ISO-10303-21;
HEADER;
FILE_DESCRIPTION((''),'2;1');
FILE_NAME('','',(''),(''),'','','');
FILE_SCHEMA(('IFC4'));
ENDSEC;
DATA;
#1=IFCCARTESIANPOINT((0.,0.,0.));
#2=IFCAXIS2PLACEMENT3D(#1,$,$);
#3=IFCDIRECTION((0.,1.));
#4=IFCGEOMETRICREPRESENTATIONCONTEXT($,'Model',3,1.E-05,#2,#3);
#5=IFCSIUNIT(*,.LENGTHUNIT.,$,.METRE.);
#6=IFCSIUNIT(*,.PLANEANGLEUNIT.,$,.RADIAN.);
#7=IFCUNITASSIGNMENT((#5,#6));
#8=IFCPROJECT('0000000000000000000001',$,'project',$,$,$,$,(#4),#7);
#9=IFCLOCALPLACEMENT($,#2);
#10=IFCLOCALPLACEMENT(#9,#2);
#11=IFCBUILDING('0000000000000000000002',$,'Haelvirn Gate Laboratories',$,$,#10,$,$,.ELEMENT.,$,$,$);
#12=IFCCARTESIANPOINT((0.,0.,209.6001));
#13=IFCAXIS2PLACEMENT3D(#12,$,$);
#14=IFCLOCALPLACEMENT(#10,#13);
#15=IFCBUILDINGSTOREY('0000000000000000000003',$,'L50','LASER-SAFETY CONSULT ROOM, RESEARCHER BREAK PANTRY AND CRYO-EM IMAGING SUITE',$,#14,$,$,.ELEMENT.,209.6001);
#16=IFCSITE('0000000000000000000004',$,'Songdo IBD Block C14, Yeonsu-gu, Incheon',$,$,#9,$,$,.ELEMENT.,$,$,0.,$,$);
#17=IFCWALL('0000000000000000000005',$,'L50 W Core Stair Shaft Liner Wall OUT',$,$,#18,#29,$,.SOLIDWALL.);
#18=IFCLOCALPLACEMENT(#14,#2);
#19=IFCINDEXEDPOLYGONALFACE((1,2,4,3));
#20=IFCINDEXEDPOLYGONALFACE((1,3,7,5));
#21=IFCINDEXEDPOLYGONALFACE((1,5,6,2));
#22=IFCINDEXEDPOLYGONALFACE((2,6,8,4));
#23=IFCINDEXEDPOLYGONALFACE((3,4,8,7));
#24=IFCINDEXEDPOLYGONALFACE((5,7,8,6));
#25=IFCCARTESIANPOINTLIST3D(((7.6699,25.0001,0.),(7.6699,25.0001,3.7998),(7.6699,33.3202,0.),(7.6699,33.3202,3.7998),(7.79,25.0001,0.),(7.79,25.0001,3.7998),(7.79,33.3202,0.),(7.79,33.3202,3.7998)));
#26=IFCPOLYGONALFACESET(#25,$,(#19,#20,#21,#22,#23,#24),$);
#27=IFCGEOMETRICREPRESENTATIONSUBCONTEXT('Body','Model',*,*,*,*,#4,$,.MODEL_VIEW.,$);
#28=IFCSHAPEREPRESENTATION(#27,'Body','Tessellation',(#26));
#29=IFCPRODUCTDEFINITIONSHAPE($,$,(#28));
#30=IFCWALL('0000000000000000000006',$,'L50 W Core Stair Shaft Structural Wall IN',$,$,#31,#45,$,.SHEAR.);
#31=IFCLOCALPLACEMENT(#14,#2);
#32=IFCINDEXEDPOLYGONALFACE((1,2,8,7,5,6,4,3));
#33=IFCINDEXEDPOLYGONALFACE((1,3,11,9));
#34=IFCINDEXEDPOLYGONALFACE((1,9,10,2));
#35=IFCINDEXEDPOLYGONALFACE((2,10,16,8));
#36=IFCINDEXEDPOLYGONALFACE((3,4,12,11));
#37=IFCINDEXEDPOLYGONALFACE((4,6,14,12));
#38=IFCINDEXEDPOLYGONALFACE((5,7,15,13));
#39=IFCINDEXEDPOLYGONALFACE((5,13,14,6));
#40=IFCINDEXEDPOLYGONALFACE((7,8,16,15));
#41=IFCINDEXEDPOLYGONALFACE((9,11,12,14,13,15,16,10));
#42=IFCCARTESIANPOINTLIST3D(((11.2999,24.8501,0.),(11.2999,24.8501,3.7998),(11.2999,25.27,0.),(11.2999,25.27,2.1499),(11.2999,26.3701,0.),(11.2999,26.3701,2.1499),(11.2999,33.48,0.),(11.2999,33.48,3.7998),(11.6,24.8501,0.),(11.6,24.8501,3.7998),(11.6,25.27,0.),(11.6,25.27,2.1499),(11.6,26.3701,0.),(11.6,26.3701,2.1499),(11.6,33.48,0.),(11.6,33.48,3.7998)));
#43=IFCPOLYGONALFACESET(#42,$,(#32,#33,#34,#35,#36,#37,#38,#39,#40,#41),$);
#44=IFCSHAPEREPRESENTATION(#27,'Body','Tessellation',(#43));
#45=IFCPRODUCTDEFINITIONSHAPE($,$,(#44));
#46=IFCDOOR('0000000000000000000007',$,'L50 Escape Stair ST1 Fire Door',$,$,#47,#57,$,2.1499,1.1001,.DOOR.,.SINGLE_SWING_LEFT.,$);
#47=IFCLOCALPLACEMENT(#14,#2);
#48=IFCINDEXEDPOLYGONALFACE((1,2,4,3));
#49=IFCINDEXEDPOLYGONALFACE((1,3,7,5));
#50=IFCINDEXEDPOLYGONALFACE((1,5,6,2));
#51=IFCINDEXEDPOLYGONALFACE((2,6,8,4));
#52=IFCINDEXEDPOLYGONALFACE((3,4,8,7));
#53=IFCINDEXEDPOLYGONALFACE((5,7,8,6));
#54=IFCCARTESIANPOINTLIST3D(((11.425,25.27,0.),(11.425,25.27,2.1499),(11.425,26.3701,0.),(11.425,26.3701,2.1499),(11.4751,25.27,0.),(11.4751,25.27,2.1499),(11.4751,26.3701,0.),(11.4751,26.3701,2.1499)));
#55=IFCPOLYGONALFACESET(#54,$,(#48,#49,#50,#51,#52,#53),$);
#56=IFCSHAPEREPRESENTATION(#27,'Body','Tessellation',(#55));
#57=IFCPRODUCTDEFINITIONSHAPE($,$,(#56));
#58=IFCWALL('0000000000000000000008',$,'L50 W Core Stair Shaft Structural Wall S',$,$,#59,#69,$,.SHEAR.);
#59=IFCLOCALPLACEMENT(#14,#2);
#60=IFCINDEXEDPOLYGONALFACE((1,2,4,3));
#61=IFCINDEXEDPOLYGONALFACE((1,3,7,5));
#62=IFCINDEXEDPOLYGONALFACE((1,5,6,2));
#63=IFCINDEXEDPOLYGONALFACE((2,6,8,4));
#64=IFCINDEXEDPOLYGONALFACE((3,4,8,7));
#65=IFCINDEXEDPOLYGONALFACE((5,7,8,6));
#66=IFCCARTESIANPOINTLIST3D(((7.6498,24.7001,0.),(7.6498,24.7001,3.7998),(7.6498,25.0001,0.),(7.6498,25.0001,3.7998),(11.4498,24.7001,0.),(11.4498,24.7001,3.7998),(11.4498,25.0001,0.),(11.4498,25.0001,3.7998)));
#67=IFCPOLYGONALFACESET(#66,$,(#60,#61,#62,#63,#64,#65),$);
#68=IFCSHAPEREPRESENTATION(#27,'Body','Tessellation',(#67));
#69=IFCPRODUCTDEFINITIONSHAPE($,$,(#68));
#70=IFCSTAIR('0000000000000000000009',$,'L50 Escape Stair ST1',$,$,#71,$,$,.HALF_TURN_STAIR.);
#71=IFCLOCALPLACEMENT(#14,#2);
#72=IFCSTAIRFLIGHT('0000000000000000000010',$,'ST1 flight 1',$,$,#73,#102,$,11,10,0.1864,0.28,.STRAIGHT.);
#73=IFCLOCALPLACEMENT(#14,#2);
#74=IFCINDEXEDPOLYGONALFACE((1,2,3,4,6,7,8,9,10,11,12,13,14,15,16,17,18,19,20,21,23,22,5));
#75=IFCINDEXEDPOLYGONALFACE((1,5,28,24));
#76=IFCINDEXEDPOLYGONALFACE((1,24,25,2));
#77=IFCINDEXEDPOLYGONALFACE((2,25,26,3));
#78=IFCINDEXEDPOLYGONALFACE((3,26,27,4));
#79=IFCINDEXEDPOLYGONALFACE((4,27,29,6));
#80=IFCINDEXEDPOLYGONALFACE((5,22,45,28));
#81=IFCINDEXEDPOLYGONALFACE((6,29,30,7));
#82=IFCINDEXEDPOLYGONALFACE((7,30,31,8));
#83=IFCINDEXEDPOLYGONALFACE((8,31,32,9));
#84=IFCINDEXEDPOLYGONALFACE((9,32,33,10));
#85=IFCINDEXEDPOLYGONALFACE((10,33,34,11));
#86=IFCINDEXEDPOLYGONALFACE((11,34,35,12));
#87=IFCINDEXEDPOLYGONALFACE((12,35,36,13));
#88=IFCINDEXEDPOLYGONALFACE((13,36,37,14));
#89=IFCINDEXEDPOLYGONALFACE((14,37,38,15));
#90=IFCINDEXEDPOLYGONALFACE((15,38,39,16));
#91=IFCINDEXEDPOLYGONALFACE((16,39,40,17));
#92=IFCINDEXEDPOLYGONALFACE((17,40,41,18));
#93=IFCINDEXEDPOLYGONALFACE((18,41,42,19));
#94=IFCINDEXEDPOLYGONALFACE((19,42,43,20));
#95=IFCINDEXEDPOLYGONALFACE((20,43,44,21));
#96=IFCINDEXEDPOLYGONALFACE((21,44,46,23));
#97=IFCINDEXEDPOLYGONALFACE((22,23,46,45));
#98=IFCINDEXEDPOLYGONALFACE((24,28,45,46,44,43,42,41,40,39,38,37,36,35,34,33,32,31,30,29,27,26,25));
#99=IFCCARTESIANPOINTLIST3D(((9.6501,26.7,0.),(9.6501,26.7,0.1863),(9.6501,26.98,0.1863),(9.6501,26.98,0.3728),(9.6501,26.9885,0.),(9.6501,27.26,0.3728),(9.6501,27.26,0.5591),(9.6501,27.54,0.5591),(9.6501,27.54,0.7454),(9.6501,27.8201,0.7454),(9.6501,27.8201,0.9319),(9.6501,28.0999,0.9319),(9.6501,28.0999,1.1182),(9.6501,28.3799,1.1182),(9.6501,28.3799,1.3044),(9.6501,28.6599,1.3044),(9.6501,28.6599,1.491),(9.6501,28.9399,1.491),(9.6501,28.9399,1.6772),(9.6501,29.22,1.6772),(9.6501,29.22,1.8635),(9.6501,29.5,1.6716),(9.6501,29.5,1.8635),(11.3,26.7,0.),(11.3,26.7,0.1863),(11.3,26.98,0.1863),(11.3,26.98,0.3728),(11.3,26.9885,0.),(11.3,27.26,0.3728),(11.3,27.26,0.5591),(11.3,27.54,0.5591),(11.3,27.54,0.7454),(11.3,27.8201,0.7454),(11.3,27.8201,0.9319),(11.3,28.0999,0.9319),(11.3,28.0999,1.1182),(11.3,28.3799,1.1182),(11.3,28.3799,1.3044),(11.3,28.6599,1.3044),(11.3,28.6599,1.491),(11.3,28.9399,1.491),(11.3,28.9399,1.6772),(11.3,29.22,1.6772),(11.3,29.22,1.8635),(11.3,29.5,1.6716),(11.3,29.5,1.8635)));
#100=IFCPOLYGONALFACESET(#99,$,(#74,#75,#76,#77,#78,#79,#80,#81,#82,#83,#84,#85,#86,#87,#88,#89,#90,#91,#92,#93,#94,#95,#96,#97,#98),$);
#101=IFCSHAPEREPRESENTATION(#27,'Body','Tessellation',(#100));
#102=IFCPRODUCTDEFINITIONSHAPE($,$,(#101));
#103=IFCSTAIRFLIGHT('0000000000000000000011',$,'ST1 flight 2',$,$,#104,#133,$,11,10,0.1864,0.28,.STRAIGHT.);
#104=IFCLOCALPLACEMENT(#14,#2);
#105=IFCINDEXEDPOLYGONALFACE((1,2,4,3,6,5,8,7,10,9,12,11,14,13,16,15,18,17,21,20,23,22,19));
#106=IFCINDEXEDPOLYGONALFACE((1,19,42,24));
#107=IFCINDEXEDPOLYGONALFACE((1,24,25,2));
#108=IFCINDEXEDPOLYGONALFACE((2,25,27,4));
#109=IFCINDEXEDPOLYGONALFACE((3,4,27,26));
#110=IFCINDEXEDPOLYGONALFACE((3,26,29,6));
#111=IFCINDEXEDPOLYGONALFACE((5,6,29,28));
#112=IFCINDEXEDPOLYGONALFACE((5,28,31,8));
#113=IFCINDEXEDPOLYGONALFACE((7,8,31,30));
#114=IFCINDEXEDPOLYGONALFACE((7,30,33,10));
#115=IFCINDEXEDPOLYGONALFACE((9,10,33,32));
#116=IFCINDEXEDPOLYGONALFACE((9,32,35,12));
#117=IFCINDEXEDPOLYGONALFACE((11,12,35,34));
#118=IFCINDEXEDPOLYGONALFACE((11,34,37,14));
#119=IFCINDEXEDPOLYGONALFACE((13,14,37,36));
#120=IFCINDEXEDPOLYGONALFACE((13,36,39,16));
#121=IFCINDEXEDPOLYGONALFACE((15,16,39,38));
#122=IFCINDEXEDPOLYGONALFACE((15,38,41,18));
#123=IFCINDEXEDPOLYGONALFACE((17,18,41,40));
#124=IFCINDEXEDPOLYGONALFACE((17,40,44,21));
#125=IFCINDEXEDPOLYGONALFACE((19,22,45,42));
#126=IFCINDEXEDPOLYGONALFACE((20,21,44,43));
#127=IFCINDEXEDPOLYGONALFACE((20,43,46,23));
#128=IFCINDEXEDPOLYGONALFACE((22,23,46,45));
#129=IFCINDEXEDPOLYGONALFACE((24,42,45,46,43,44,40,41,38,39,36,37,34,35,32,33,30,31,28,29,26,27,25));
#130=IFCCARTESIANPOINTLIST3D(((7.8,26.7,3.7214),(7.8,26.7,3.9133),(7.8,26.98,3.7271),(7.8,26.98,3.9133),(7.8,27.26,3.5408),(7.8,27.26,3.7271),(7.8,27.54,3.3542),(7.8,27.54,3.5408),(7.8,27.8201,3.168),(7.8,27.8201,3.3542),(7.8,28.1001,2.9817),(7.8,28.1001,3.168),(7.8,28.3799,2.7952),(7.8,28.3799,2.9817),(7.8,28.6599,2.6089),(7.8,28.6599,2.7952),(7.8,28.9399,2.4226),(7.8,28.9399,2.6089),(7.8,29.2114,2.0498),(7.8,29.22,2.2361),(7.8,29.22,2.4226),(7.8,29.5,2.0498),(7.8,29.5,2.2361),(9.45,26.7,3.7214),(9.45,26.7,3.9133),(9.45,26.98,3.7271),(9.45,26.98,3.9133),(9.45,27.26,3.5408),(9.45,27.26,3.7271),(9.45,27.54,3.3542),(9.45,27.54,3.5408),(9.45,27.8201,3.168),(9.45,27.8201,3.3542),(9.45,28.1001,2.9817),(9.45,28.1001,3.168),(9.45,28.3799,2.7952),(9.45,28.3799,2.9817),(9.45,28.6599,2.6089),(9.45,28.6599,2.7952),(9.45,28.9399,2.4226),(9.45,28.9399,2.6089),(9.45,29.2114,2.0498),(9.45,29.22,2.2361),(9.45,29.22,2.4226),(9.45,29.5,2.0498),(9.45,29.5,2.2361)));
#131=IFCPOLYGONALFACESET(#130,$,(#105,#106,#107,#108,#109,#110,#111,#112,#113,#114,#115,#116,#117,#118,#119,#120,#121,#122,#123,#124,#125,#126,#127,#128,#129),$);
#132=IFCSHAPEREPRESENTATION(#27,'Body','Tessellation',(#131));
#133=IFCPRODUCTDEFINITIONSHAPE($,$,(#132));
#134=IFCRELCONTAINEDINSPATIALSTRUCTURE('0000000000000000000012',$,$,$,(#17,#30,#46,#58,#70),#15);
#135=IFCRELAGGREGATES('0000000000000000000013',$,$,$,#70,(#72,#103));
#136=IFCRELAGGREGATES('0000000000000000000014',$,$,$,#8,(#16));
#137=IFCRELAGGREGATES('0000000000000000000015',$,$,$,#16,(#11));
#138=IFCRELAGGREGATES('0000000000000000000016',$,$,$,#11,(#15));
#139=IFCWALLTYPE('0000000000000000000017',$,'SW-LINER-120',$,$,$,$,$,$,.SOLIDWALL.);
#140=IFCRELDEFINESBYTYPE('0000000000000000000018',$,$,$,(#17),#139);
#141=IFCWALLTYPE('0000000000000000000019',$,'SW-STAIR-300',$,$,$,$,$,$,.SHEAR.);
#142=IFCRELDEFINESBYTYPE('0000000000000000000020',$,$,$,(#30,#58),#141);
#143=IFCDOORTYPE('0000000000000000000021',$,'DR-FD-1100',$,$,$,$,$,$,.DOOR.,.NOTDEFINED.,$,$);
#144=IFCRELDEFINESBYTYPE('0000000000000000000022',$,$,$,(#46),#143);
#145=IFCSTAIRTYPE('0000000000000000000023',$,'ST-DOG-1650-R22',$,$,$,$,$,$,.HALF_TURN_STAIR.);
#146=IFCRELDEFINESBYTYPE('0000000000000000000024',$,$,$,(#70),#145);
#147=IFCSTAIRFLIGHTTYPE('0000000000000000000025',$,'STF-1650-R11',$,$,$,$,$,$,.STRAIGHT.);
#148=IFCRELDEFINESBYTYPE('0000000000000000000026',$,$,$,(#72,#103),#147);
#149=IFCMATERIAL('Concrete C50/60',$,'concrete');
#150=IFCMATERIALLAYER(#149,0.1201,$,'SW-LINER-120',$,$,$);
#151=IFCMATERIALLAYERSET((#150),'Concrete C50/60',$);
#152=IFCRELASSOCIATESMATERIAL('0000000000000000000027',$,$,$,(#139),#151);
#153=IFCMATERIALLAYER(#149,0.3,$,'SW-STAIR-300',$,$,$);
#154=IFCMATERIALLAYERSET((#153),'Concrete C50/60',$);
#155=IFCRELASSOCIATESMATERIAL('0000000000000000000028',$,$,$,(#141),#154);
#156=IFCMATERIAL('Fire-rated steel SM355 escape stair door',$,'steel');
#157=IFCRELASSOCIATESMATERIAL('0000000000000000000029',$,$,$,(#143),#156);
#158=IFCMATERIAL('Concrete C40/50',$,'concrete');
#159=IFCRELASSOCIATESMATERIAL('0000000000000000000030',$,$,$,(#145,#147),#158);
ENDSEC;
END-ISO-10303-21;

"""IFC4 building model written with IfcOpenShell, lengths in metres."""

from ifc_helpers import new_model, si_unit, direction, frame, frame_2d, origin, place, context, subcontext, project, spatial, polyline, rectangle, outline, extrude, source, transform, mapped, material, layer, layer_set, type_object, type_shapes, element, fill, aggregate, save


model = new_model("IFC4")

# Units and contexts
model_context = context("Model", 3, precision=1e-05, world=origin(), true_north=direction((0.0, 1.0)))
body_context = subcontext(model_context, "Body", "Model", "MODEL_VIEW")
ifc_project = project(units=[si_unit("LENGTHUNIT", "METRE"), si_unit("PLANEANGLEUNIT", "RADIAN")], contexts=[model_context])

# Site, building, storey
site_placement = place(None, origin())
site = spatial("IfcSite", under=ifc_project, at=site_placement, Name="Songdo IBD Block C14, Yeonsu-gu, Incheon", CompositionType="ELEMENT", RefElevation=0.0)
building_placement = place(site_placement, origin())
building = spatial("IfcBuilding", under=site, at=building_placement, Name="Haelvirn Gate Laboratories", CompositionType="ELEMENT")
storey_placement = place(building_placement, frame((0.0, 0.0, 209.6001)))
storey = spatial("IfcBuildingStorey", under=building, at=storey_placement, Name="L50", Description="LASER-SAFETY CONSULT ROOM, RESEARCHER BREAK PANTRY AND CRYO-EM IMAGING SUITE", CompositionType="ELEMENT", Elevation=209.6001)

# Shared definitions
ifc_material_1 = material(Name="Concrete C50/60", Category="concrete")

# Shared definitions
ifc_material_2 = material(Name="Concrete C40/50", Category="concrete")

# Wall
ifc_layer_1 = layer(ifc_material_1, 0.1201, Name="SW-LINER-120")
ifc_layer_set_1 = layer_set([ifc_layer_1], Name="Concrete C50/60")
wall_type_1 = type_object("IfcWallType", Name="SW-LINER-120", PredefinedType="SOLIDWALL", material=ifc_layer_set_1)
wall_1_placement = place(storey_placement, frame((7.73, 25.0, 0.0), z_axis=(0.0, 0.0, 1.0), x_axis=(0.0, 1.0, 0.0)))
element("IfcWall", 1, at=wall_1_placement, inside=storey, type_object=wall_type_1, Name="L50 W Core Stair Shaft Liner Wall OUT", PredefinedType="SOLIDWALL", context=body_context, shape_type="SweptSolid", body=[
    extrude(rectangle(XDim=8.3201, YDim=0.1201, at=frame_2d((4.1602, 0.0))), origin(), (0.0, 0.0, 1.0), 3.7998),
])

# Wall, opening, door
ifc_layer_2 = layer(ifc_material_1, 0.3, Name="SW-STAIR-300")
ifc_layer_set_2 = layer_set([ifc_layer_2], Name="Concrete C50/60")
wall_type_2 = type_object("IfcWallType", Name="SW-STAIR-300", PredefinedType="SHEAR", material=ifc_layer_set_2)
wall_2_placement = place(storey_placement, frame((11.45, 24.8501, 0.0), z_axis=(0.0, 0.0, 1.0), x_axis=(0.0, 1.0, 0.0)))
wall_2 = element("IfcWall", 2, at=wall_2_placement, inside=storey, type_object=wall_type_2, Name="L50 W Core Stair Shaft Structural Wall IN", PredefinedType="SHEAR", context=body_context, shape_type="SweptSolid", body=[
    extrude(rectangle(XDim=8.6299, YDim=0.3, at=frame_2d((4.3149, 0.0))), origin(), (0.0, 0.0, 1.0), 3.7998),
])
opening_1_placement = place(wall_2_placement, frame((0.4199, 0.0, 0.0)))
opening_1 = element("IfcOpeningElement", 3, at=opening_1_placement, cuts=wall_2, PredefinedType="OPENING", context=body_context, shape_type="SweptSolid", body=[
    extrude(rectangle(XDim=1.1001, YDim=2.1499, at=frame_2d((0.55, 1.075))), frame((0.0, 0.1602, 0.0), z_axis=(0.0, -1.0, 0.0), x_axis=(1.0, 0.0, 0.0)), (0.0, 0.0, 1.0), 0.3201),
])
ifc_material_3 = material(Name="Fire-rated steel SM355 escape stair door", Category="steel")
door_type_1 = type_object("IfcDoorType", Name="DR-FD-1100", OperationType="NOTDEFINED", PredefinedType="DOOR", material=ifc_material_3)
shared_shape_1 = source(origin(), body_context, "Body", "SweptSolid", [
    extrude(rectangle(XDim=1.1001, YDim=2.1499, at=frame_2d((0.55, 1.075))), frame((0.0, 0.0249, 0.0), z_axis=(0.0, -1.0, 0.0), x_axis=(1.0, 0.0, 0.0)), (0.0, 0.0, 1.0), 0.05),
])
type_shapes(door_type_1, [shared_shape_1])
door_1_placement = place(opening_1_placement, origin())
door_1 = element("IfcDoor", 4, at=door_1_placement, inside=storey, type_object=door_type_1, Name="L50 Escape Stair ST1 Fire Door", OperationType="SINGLE_SWING_LEFT", OverallHeight=2.1499, OverallWidth=1.1001, PredefinedType="DOOR", context=body_context, shape_type="MappedRepresentation", body=[
    mapped(shared_shape_1, transform((0.0, 0.0, 0.0), scale=1.0)),
])
fill(opening_1, door_1)

# Wall
wall_3_placement = place(storey_placement, frame((7.6499, 24.8501, 0.0), z_axis=(0.0, 0.0, 1.0), x_axis=(1.0, 0.0, 0.0)))
element("IfcWall", 5, at=wall_3_placement, inside=storey, type_object=wall_type_2, Name="L50 W Core Stair Shaft Structural Wall S", PredefinedType="SHEAR", context=body_context, shape_type="SweptSolid", body=[
    extrude(rectangle(XDim=3.8, YDim=0.3, at=frame_2d((1.8999, 0.0))), origin(), (0.0, 0.0, 1.0), 3.7998),
])

# Stair, stair flights
stair_type = type_object("IfcStairType", Name="ST-DOG-1650-R22", PredefinedType="HALF_TURN_STAIR", material=ifc_material_2)
stair_placement = place(storey_placement, origin())
stair = element("IfcStair", 6, at=stair_placement, inside=storey, type_object=stair_type, Name="L50 Escape Stair ST1", PredefinedType="HALF_TURN_STAIR")
stair_flight_type = type_object("IfcStairFlightType", Name="STF-1650-R11", PredefinedType="STRAIGHT", material=ifc_material_2)
shared_shape_2 = source(origin(), body_context, "Body", "SweptSolid", [
    extrude(outline(polyline([(0.0, 0.0), (0.0, 0.1863), (0.28, 0.1863), (0.28, 0.3728), (0.5601, 0.3728), (0.5601, 0.5591), (0.8401, 0.5591), (0.8401, 0.7454), (1.1201, 0.7454), (1.1201, 0.9319), (1.3999, 0.9319), (1.3999, 1.1182), (1.6799, 1.1182), (1.6799, 1.3044), (1.96, 1.3044), (1.96, 1.491), (2.24, 1.491), (2.24, 1.6772), (2.52, 1.6772), (2.52, 1.8635), (2.8, 1.8635), (2.8, 2.05), (2.8, 1.6716), (0.2886, 0.0), (0.0, 0.0)])), frame((0.0, 0.825, 0.0), z_axis=(0.0, -1.0, 0.0), x_axis=(1.0, 0.0, 0.0)), (0.0, 0.0, 1.0), 1.6499),
])
type_shapes(stair_flight_type, [shared_shape_2])
stair_flight_1_placement = place(storey_placement, frame((10.4751, 26.7, 0.0), z_axis=(0.0, 0.0, 1.0), x_axis=(0.0, 1.0, 0.0)))
stair_flight_1 = element("IfcStairFlight", 7, at=stair_flight_1_placement, type_object=stair_flight_type, Name="ST1 flight 1", NumberOfRisers=11, NumberOfTreads=10, PredefinedType="STRAIGHT", RiserHeight=0.1864, TreadLength=0.28, context=body_context, shape_type="MappedRepresentation", body=[
    mapped(shared_shape_2, transform((0.0, 0.0, 0.0), scale=1.0)),
])
stair_flight_2_placement = place(storey_placement, frame((8.625, 29.5, 2.0498), z_axis=(0.0, 0.0, 1.0), x_axis=(0.0, -1.0, 0.0)))
stair_flight_2 = element("IfcStairFlight", 8, at=stair_flight_2_placement, type_object=stair_flight_type, Name="ST1 flight 2", NumberOfRisers=11, NumberOfTreads=10, PredefinedType="STRAIGHT", RiserHeight=0.1864, TreadLength=0.28, context=body_context, shape_type="MappedRepresentation", body=[
    mapped(shared_shape_2, transform((0.0, 0.0, 0.0), scale=1.0)),
])
aggregate(stair, [stair_flight_1, stair_flight_2])

save(model, "model.ifc")
